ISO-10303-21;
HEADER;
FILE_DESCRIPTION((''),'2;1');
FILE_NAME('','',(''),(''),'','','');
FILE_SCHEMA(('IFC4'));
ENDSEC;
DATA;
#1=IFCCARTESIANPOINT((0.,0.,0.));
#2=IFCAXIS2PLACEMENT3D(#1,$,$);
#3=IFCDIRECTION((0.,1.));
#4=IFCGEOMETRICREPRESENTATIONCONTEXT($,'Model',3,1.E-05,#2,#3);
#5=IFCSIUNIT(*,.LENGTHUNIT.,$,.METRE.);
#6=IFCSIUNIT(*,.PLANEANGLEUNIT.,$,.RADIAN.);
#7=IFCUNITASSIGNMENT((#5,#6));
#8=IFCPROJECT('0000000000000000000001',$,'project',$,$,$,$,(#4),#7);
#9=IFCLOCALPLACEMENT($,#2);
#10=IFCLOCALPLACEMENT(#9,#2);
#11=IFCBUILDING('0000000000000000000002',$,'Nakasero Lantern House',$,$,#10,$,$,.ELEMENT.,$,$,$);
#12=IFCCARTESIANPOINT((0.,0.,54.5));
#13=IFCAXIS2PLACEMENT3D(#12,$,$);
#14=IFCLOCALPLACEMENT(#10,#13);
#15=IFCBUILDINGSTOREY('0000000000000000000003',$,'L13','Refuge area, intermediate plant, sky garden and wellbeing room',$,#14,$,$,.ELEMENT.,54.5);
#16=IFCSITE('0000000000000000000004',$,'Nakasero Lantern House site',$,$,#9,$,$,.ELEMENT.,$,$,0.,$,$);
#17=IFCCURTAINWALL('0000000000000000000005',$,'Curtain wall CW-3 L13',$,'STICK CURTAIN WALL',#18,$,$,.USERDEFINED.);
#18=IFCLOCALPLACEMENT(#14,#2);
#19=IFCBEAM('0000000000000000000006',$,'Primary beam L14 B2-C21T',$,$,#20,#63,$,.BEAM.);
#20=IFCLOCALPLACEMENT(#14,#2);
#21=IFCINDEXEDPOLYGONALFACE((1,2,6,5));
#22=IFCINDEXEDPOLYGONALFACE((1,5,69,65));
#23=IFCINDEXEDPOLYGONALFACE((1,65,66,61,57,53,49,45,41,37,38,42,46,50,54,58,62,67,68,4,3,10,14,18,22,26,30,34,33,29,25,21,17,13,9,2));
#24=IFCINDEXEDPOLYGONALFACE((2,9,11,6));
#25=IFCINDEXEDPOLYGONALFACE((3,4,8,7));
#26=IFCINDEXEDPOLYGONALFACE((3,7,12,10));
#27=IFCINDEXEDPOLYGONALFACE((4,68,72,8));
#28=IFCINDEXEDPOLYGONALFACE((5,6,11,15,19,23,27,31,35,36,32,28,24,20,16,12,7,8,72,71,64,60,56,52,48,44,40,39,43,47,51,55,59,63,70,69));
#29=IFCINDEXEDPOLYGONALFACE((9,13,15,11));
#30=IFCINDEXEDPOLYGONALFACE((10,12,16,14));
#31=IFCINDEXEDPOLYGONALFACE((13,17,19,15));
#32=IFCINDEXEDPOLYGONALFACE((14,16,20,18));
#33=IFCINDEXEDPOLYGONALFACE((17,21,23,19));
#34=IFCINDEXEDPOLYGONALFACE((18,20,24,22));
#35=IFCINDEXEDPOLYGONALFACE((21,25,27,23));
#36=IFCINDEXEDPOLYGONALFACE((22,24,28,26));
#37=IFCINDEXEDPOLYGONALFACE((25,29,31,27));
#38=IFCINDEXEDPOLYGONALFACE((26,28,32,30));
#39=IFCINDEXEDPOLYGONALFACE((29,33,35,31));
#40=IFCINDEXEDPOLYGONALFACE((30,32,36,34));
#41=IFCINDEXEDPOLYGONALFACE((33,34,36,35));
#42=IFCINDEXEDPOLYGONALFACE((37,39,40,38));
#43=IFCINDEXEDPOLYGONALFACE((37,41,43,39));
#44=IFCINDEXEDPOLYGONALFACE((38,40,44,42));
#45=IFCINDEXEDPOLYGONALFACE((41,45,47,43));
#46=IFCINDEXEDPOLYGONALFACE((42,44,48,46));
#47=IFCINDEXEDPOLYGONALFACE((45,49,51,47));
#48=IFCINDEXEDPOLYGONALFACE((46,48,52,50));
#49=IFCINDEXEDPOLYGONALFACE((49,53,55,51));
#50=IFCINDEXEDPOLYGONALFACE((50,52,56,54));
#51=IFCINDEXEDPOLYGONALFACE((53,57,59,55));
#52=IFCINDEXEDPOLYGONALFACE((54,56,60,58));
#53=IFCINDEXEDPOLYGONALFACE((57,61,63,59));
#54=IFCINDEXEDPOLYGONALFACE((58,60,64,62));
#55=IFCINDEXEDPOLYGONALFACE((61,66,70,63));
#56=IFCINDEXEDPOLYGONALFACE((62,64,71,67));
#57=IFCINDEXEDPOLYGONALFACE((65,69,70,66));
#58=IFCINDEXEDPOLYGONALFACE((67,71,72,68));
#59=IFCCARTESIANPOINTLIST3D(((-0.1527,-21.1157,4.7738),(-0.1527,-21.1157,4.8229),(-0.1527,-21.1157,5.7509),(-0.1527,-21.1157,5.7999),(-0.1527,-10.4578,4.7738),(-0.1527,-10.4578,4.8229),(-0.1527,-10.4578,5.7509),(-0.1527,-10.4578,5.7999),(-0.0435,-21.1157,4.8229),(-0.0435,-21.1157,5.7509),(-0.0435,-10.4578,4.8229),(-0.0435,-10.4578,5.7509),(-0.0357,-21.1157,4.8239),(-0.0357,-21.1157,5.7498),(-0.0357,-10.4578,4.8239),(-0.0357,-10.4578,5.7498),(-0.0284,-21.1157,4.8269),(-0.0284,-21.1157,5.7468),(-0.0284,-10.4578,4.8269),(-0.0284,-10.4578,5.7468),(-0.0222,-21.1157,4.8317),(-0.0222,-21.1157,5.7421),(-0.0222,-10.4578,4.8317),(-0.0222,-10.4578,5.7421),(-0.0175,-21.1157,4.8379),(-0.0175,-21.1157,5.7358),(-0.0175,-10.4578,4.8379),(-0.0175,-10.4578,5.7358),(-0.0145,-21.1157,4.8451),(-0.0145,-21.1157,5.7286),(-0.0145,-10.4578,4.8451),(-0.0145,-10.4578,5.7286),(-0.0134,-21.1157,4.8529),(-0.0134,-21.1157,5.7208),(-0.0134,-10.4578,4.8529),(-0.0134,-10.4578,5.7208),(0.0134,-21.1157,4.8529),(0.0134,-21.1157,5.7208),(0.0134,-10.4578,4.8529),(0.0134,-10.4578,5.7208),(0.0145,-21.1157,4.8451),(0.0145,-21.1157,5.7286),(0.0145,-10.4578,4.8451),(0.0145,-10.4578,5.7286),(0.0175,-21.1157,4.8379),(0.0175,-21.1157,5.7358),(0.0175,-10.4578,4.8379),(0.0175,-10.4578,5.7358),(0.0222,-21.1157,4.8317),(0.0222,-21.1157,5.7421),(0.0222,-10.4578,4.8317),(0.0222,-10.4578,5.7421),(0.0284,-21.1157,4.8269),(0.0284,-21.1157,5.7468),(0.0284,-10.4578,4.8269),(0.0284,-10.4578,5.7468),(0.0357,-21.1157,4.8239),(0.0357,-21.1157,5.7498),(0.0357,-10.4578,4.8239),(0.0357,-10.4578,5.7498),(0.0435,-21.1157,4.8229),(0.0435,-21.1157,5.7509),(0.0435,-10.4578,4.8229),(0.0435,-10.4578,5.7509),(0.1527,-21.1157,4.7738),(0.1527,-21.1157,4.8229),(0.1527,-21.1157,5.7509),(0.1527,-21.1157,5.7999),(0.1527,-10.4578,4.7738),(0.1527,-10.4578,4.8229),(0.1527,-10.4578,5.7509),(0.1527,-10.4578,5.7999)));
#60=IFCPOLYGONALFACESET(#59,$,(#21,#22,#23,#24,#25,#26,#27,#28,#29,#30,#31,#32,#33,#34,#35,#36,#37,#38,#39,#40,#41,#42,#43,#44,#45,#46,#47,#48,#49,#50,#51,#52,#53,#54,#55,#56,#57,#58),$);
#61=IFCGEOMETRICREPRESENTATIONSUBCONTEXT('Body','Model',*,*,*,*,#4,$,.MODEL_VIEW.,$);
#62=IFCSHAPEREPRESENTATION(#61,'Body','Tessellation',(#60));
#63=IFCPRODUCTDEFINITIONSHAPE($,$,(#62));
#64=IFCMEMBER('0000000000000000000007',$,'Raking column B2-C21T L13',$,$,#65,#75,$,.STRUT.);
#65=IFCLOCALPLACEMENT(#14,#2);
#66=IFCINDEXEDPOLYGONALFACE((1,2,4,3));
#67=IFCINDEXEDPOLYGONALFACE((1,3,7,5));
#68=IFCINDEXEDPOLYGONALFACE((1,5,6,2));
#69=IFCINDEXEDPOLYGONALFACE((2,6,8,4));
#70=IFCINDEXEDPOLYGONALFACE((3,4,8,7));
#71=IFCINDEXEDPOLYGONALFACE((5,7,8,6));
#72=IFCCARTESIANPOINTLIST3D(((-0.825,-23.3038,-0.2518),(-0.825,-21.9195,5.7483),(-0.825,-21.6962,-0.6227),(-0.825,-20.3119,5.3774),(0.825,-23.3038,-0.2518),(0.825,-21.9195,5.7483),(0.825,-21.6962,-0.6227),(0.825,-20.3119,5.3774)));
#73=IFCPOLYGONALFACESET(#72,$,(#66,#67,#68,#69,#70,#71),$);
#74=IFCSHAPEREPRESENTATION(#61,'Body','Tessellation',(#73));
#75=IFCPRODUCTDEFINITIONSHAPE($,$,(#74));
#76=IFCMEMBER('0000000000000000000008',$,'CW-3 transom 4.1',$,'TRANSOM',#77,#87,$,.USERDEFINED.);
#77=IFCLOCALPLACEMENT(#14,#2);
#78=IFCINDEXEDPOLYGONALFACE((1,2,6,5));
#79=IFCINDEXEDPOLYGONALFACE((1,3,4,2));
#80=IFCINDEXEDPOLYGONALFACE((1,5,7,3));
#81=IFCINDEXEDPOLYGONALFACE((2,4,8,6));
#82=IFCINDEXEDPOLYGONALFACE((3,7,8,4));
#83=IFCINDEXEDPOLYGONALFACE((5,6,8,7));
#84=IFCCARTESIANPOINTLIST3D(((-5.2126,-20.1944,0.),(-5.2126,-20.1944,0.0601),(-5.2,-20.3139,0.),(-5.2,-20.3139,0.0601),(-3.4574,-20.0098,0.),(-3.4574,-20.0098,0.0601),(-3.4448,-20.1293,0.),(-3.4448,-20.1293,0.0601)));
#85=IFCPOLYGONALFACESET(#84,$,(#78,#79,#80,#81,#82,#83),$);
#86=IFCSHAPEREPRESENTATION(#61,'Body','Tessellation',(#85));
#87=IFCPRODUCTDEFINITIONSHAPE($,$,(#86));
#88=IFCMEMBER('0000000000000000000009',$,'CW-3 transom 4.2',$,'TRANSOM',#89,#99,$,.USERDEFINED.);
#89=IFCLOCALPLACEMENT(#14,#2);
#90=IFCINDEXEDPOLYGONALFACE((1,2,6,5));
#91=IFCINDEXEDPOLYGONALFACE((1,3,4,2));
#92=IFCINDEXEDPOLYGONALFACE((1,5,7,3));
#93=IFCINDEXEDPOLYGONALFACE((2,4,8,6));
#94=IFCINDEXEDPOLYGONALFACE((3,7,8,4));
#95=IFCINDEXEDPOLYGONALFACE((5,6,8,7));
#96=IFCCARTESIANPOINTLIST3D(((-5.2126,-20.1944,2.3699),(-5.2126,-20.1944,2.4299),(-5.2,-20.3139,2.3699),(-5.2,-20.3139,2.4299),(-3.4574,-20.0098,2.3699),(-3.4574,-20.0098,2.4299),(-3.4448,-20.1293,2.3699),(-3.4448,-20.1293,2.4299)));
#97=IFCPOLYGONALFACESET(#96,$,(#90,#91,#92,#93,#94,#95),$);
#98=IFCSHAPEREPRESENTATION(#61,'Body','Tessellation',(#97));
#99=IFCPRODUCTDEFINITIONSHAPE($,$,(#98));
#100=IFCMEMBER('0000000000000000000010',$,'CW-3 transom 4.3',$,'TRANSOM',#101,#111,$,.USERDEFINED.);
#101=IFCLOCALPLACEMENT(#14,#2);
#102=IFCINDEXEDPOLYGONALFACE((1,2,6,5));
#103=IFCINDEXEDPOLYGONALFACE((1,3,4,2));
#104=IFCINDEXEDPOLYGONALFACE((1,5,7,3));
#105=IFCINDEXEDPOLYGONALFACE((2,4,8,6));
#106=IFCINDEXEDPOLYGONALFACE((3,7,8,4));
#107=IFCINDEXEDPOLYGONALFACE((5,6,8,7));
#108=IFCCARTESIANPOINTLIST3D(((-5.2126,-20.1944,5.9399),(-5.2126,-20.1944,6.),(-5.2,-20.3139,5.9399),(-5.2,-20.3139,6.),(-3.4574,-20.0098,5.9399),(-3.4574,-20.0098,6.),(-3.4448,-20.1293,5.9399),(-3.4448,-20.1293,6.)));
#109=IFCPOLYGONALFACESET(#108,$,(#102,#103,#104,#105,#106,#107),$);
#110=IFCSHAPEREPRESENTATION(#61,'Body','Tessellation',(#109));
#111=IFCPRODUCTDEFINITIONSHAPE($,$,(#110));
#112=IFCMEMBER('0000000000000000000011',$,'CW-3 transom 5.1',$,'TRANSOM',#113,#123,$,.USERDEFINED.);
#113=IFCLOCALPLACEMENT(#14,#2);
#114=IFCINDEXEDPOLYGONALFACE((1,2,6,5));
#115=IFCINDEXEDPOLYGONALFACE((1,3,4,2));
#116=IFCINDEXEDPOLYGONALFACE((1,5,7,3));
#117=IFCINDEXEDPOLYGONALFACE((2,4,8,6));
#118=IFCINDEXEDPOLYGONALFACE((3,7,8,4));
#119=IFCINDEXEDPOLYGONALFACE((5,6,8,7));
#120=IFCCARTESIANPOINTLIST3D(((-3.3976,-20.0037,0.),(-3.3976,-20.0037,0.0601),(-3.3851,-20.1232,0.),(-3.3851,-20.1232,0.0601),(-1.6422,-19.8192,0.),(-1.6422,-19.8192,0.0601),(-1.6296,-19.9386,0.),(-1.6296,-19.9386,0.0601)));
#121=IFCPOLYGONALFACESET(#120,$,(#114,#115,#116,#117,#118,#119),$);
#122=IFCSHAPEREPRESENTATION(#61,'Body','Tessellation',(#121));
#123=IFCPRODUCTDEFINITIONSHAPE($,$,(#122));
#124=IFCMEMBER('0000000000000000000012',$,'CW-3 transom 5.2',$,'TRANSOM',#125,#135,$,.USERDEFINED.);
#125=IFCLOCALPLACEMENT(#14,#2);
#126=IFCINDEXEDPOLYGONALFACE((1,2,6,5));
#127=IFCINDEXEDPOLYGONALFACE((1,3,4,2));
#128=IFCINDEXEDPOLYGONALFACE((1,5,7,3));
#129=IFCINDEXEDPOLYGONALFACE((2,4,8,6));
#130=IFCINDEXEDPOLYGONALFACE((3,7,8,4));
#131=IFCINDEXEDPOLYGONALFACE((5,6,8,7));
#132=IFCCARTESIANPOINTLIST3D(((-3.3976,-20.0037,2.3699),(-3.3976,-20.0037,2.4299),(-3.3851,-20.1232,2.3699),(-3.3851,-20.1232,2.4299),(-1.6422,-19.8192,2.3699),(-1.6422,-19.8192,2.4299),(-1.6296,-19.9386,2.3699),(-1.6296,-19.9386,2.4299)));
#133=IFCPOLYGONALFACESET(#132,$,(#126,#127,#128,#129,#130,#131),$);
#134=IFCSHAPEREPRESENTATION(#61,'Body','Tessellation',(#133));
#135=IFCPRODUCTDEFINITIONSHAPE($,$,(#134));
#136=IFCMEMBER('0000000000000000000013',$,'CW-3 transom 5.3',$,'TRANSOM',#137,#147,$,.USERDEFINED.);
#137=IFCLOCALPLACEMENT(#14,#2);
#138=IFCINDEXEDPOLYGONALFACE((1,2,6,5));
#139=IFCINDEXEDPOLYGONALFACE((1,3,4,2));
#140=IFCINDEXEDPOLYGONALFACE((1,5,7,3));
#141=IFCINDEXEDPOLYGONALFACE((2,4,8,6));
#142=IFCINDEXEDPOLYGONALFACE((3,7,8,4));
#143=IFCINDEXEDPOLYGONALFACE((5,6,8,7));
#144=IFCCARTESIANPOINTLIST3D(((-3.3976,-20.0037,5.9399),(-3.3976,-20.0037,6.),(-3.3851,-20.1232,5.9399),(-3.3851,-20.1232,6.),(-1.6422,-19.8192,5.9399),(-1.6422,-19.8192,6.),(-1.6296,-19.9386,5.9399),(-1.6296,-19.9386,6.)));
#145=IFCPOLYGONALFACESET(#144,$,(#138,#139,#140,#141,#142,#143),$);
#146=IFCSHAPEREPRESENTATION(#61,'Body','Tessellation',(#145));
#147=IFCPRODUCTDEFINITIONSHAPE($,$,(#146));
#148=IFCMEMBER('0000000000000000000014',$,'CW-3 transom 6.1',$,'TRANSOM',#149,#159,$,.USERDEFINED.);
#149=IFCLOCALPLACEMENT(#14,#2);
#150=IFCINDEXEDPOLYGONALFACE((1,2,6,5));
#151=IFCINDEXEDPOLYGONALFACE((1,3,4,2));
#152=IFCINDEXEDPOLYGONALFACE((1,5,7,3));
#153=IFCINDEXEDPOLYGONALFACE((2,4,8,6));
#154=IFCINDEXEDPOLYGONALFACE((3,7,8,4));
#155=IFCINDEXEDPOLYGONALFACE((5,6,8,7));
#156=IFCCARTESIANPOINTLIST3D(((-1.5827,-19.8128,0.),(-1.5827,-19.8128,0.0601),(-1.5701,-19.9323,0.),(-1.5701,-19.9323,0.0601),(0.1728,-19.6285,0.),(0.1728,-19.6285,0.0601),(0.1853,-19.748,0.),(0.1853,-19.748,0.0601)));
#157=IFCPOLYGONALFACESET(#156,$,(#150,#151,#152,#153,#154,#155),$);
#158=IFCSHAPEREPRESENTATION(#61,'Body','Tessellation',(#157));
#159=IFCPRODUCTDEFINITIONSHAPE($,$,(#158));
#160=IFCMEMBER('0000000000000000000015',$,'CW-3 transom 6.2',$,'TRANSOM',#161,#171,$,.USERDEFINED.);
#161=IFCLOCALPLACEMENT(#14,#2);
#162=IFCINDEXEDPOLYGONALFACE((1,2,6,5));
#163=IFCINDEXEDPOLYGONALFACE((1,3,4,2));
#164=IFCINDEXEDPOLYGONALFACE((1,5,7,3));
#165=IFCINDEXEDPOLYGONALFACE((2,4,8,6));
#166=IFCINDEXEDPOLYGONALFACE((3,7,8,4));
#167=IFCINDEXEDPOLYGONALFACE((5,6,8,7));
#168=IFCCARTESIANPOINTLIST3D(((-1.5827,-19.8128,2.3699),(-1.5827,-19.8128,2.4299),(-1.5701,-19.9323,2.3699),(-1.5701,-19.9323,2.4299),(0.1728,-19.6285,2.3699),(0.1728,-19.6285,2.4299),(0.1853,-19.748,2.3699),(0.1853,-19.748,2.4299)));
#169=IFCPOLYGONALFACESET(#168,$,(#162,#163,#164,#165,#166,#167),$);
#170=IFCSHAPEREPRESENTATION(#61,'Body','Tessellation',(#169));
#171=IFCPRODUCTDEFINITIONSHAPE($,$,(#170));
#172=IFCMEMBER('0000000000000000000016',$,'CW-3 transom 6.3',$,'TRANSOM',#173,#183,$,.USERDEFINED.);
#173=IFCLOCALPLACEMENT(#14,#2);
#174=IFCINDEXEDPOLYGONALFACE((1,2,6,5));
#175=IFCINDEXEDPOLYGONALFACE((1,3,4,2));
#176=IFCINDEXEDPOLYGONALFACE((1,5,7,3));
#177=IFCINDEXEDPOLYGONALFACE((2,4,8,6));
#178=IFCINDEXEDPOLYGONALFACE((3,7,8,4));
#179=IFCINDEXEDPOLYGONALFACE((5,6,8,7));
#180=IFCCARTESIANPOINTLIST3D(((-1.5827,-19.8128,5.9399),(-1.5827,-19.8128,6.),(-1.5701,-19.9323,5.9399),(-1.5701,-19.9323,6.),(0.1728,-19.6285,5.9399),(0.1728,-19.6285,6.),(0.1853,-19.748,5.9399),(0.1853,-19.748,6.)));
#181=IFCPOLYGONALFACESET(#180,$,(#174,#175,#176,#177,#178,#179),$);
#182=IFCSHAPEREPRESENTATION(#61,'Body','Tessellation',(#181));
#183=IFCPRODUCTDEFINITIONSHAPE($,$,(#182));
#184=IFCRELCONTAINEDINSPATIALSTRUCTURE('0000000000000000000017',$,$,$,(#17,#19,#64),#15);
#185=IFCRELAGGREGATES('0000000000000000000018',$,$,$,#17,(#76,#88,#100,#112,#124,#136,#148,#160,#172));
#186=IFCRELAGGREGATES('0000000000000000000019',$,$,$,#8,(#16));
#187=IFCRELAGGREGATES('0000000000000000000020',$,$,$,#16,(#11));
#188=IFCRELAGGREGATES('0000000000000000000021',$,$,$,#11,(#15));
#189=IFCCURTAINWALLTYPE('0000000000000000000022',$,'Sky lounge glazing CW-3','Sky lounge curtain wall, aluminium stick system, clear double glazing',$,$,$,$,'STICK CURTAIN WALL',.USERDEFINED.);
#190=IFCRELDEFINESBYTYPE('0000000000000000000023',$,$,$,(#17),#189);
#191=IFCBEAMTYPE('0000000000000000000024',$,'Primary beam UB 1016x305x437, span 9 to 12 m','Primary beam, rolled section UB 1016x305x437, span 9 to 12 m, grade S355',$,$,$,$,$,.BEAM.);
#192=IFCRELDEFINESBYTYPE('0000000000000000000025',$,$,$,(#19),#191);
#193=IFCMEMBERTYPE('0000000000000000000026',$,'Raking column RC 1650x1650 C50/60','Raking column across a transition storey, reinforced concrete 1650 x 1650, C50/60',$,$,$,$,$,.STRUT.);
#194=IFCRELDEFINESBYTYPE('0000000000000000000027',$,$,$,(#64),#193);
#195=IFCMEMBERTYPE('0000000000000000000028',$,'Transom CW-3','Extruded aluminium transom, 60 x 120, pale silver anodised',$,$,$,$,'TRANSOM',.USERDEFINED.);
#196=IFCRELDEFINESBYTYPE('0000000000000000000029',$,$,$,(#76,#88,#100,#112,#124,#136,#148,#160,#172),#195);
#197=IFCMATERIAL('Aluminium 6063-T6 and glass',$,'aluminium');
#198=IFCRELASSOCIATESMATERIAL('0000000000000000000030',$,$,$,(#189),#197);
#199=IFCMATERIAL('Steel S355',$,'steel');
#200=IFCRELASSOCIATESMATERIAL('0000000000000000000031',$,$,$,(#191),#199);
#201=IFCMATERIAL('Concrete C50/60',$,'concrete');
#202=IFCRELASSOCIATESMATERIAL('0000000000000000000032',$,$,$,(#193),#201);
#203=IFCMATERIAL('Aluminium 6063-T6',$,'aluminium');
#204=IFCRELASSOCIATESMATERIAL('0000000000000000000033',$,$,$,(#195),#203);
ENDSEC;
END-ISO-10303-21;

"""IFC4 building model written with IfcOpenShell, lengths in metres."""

from ifc_helpers import new_model, si_unit, direction, frame, origin, origin_2d, place, context, subcontext, project, spatial, rectangle, i_section, extrude, material, material_profile, profile_set, type_object, element, aggregate, save


model = new_model("IFC4")

# Units and contexts
model_context = context("Model", 3, precision=1e-05, world=origin(), true_north=direction((0.0, 1.0)))
body_context = subcontext(model_context, "Body", "Model", "MODEL_VIEW")
ifc_project = project(units=[si_unit("LENGTHUNIT", "METRE"), si_unit("PLANEANGLEUNIT", "RADIAN")], contexts=[model_context])

# Site, building, storey
site_placement = place(None, origin())
site = spatial("IfcSite", under=ifc_project, at=site_placement, Name="Nakasero Lantern House site", CompositionType="ELEMENT", RefElevation=0.0)
building_placement = place(site_placement, origin())
building = spatial("IfcBuilding", under=site, at=building_placement, Name="Nakasero Lantern House", CompositionType="ELEMENT")
storey_placement = place(building_placement, frame((0.0, 0.0, 54.5)))
storey = spatial("IfcBuildingStorey", under=building, at=storey_placement, Name="L13", Description="Refuge area, intermediate plant, sky garden and wellbeing room", CompositionType="ELEMENT", Elevation=54.5)

# Curtain wall
ifc_material_1 = material(Name="Aluminium 6063-T6 and glass", Category="aluminium")
curtain_wall_type = type_object("IfcCurtainWallType", Name="Sky lounge glazing CW-3", Description="Sky lounge curtain wall, aluminium stick system, clear double glazing", ElementType="STICK CURTAIN WALL", PredefinedType="USERDEFINED", material=ifc_material_1)
curtain_wall_placement = place(storey_placement, origin())
curtain_wall = element("IfcCurtainWall", 1, at=curtain_wall_placement, inside=storey, type_object=curtain_wall_type, Name="Curtain wall CW-3 L13", ObjectType="STICK CURTAIN WALL", PredefinedType="USERDEFINED")

# Beam
ifc_material_2 = material(Name="Steel S355", Category="steel")
ifc_material_profile_1 = material_profile(ifc_material_2, i_section(OverallWidth=0.3054, OverallDepth=1.0261, WebThickness=0.0269, FlangeThickness=0.0491, FilletRadius=0.03, at=origin_2d()), Name="UB 1016x305x437")
ifc_profile_set_1 = profile_set([ifc_material_profile_1], Name="Steel S355")
beam_type_1 = type_object("IfcBeamType", Name="Primary beam UB 1016x305x437, span 9 to 12 m", Description="Primary beam, rolled section UB 1016x305x437, span 9 to 12 m, grade S355", PredefinedType="BEAM", material=ifc_profile_set_1)
beam_1_placement = place(storey_placement, frame((0.0, -21.1157, 5.2869), z_axis=(0.0, 1.0, 0.0), x_axis=(-1.0, 0.0, 0.0)))
element("IfcBeam", 2, at=beam_1_placement, inside=storey, type_object=beam_type_1, Name="Primary beam L14 B2-C21T", PredefinedType="BEAM", context=body_context, shape_type="SweptSolid", body=[
    extrude(i_section(OverallWidth=0.3054, OverallDepth=1.0261, WebThickness=0.0269, FlangeThickness=0.0491, FilletRadius=0.03, at=origin_2d()), origin(), (0.0, 0.0, 1.0), 10.658),
])

# Members
ifc_material_3 = material(Name="Concrete C50/60", Category="concrete")
ifc_material_profile_2 = material_profile(ifc_material_3, rectangle(XDim=1.6499, YDim=1.6499, at=origin_2d()), Name="RC 1650x1650")
ifc_profile_set_2 = profile_set([ifc_material_profile_2], Name="Concrete C50/60")
member_type_1 = type_object("IfcMemberType", Name="Raking column RC 1650x1650 C50/60", Description="Raking column across a transition storey, reinforced concrete 1650 x 1650, C50/60", PredefinedType="STRUT", material=ifc_profile_set_2)
member_1_placement = place(storey_placement, frame((0.0, -22.5, -0.4373), z_axis=(0.0, 0.224807, 0.974403), x_axis=(-1.0, 0.0, 0.0)))
element("IfcMember", 3, at=member_1_placement, inside=storey, type_object=member_type_1, Name="Raking column B2-C21T L13", PredefinedType="STRUT", context=body_context, shape_type="SweptSolid", body=[
    extrude(rectangle(XDim=1.6499, YDim=1.6499, at=origin_2d()), origin(), (0.0, 0.0, 1.0), 6.1577),
])
ifc_material_4 = material(Name="Aluminium 6063-T6", Category="aluminium")
ifc_material_profile_3 = material_profile(ifc_material_4, rectangle(XDim=0.0601, YDim=0.1201, at=origin_2d()), Name="CW-3 transom 60x120")
ifc_profile_set_3 = profile_set([ifc_material_profile_3], Name="Aluminium 6063-T6")
member_type_2 = type_object("IfcMemberType", Name="Transom CW-3", Description="Extruded aluminium transom, 60 x 120, pale silver anodised", ElementType="TRANSOM", PredefinedType="USERDEFINED", material=ifc_profile_set_3)
member_2_placement = place(storey_placement, frame((-5.2063, -20.2542, 0.03), z_axis=(0.994516, 0.104584, 0.0), x_axis=(0.0, 0.0, 1.0)))
member_2 = element("IfcMember", 4, at=member_2_placement, type_object=member_type_2, Name="CW-3 transom 4.1", ObjectType="TRANSOM", PredefinedType="USERDEFINED", context=body_context, shape_type="SweptSolid", body=[
    extrude(rectangle(XDim=0.0601, YDim=0.1201, at=origin_2d()), origin(), (0.0, 0.0, 1.0), 1.7649),
])
member_3_placement = place(storey_placement, frame((-5.2063, -20.2542, 2.3999), z_axis=(0.994516, 0.104584, 0.0), x_axis=(0.0, 0.0, 1.0)))
member_3 = element("IfcMember", 5, at=member_3_placement, type_object=member_type_2, Name="CW-3 transom 4.2", ObjectType="TRANSOM", PredefinedType="USERDEFINED", context=body_context, shape_type="SweptSolid", body=[
    extrude(rectangle(XDim=0.0601, YDim=0.1201, at=origin_2d()), origin(), (0.0, 0.0, 1.0), 1.7649),
])
member_4_placement = place(storey_placement, frame((-5.2063, -20.2542, 5.97), z_axis=(0.994516, 0.104584, 0.0), x_axis=(0.0, 0.0, 1.0)))
member_4 = element("IfcMember", 6, at=member_4_placement, type_object=member_type_2, Name="CW-3 transom 4.3", ObjectType="TRANSOM", PredefinedType="USERDEFINED", context=body_context, shape_type="SweptSolid", body=[
    extrude(rectangle(XDim=0.0601, YDim=0.1201, at=origin_2d()), origin(), (0.0, 0.0, 1.0), 1.7649),
])
member_5_placement = place(storey_placement, frame((-3.3914, -20.0635, 0.03), z_axis=(0.994518, 0.10457, 0.0), x_axis=(0.0, 0.0, 1.0)))
member_5 = element("IfcMember", 7, at=member_5_placement, type_object=member_type_2, Name="CW-3 transom 5.1", ObjectType="TRANSOM", PredefinedType="USERDEFINED", context=body_context, shape_type="SweptSolid", body=[
    extrude(rectangle(XDim=0.0601, YDim=0.1201, at=origin_2d()), origin(), (0.0, 0.0, 1.0), 1.7651),
])
member_6_placement = place(storey_placement, frame((-3.3914, -20.0635, 2.3999), z_axis=(0.994518, 0.10457, 0.0), x_axis=(0.0, 0.0, 1.0)))
member_6 = element("IfcMember", 8, at=member_6_placement, type_object=member_type_2, Name="CW-3 transom 5.2", ObjectType="TRANSOM", PredefinedType="USERDEFINED", context=body_context, shape_type="SweptSolid", body=[
    extrude(rectangle(XDim=0.0601, YDim=0.1201, at=origin_2d()), origin(), (0.0, 0.0, 1.0), 1.7651),
])
member_7_placement = place(storey_placement, frame((-3.3914, -20.0635, 5.97), z_axis=(0.994518, 0.10457, 0.0), x_axis=(0.0, 0.0, 1.0)))
member_7 = element("IfcMember", 9, at=member_7_placement, type_object=member_type_2, Name="CW-3 transom 5.3", ObjectType="TRANSOM", PredefinedType="USERDEFINED", context=body_context, shape_type="SweptSolid", body=[
    extrude(rectangle(XDim=0.0601, YDim=0.1201, at=origin_2d()), origin(), (0.0, 0.0, 1.0), 1.7651),
])
member_8_placement = place(storey_placement, frame((-1.5764, -19.8726, 0.03), z_axis=(0.994532, 0.104433, 0.0), x_axis=(0.0, 0.0, 1.0)))
member_8 = element("IfcMember", 10, at=member_8_placement, type_object=member_type_2, Name="CW-3 transom 6.1", ObjectType="TRANSOM", PredefinedType="USERDEFINED", context=body_context, shape_type="SweptSolid", body=[
    extrude(rectangle(XDim=0.0601, YDim=0.1201, at=origin_2d()), origin(), (0.0, 0.0, 1.0), 1.7651),
])
member_9_placement = place(storey_placement, frame((-1.5764, -19.8726, 2.3999), z_axis=(0.994532, 0.104433, 0.0), x_axis=(0.0, 0.0, 1.0)))
member_9 = element("IfcMember", 11, at=member_9_placement, type_object=member_type_2, Name="CW-3 transom 6.2", ObjectType="TRANSOM", PredefinedType="USERDEFINED", context=body_context, shape_type="SweptSolid", body=[
    extrude(rectangle(XDim=0.0601, YDim=0.1201, at=origin_2d()), origin(), (0.0, 0.0, 1.0), 1.7651),
])
member_10_placement = place(storey_placement, frame((-1.5764, -19.8726, 5.97), z_axis=(0.994532, 0.104433, 0.0), x_axis=(0.0, 0.0, 1.0)))
member_10 = element("IfcMember", 12, at=member_10_placement, type_object=member_type_2, Name="CW-3 transom 6.3", ObjectType="TRANSOM", PredefinedType="USERDEFINED", context=body_context, shape_type="SweptSolid", body=[
    extrude(rectangle(XDim=0.0601, YDim=0.1201, at=origin_2d()), origin(), (0.0, 0.0, 1.0), 1.7651),
])

aggregate(curtain_wall, [member_2, member_3, member_4, member_5, member_6, member_7, member_8, member_9, member_10])

save(model, "model.ifc")
